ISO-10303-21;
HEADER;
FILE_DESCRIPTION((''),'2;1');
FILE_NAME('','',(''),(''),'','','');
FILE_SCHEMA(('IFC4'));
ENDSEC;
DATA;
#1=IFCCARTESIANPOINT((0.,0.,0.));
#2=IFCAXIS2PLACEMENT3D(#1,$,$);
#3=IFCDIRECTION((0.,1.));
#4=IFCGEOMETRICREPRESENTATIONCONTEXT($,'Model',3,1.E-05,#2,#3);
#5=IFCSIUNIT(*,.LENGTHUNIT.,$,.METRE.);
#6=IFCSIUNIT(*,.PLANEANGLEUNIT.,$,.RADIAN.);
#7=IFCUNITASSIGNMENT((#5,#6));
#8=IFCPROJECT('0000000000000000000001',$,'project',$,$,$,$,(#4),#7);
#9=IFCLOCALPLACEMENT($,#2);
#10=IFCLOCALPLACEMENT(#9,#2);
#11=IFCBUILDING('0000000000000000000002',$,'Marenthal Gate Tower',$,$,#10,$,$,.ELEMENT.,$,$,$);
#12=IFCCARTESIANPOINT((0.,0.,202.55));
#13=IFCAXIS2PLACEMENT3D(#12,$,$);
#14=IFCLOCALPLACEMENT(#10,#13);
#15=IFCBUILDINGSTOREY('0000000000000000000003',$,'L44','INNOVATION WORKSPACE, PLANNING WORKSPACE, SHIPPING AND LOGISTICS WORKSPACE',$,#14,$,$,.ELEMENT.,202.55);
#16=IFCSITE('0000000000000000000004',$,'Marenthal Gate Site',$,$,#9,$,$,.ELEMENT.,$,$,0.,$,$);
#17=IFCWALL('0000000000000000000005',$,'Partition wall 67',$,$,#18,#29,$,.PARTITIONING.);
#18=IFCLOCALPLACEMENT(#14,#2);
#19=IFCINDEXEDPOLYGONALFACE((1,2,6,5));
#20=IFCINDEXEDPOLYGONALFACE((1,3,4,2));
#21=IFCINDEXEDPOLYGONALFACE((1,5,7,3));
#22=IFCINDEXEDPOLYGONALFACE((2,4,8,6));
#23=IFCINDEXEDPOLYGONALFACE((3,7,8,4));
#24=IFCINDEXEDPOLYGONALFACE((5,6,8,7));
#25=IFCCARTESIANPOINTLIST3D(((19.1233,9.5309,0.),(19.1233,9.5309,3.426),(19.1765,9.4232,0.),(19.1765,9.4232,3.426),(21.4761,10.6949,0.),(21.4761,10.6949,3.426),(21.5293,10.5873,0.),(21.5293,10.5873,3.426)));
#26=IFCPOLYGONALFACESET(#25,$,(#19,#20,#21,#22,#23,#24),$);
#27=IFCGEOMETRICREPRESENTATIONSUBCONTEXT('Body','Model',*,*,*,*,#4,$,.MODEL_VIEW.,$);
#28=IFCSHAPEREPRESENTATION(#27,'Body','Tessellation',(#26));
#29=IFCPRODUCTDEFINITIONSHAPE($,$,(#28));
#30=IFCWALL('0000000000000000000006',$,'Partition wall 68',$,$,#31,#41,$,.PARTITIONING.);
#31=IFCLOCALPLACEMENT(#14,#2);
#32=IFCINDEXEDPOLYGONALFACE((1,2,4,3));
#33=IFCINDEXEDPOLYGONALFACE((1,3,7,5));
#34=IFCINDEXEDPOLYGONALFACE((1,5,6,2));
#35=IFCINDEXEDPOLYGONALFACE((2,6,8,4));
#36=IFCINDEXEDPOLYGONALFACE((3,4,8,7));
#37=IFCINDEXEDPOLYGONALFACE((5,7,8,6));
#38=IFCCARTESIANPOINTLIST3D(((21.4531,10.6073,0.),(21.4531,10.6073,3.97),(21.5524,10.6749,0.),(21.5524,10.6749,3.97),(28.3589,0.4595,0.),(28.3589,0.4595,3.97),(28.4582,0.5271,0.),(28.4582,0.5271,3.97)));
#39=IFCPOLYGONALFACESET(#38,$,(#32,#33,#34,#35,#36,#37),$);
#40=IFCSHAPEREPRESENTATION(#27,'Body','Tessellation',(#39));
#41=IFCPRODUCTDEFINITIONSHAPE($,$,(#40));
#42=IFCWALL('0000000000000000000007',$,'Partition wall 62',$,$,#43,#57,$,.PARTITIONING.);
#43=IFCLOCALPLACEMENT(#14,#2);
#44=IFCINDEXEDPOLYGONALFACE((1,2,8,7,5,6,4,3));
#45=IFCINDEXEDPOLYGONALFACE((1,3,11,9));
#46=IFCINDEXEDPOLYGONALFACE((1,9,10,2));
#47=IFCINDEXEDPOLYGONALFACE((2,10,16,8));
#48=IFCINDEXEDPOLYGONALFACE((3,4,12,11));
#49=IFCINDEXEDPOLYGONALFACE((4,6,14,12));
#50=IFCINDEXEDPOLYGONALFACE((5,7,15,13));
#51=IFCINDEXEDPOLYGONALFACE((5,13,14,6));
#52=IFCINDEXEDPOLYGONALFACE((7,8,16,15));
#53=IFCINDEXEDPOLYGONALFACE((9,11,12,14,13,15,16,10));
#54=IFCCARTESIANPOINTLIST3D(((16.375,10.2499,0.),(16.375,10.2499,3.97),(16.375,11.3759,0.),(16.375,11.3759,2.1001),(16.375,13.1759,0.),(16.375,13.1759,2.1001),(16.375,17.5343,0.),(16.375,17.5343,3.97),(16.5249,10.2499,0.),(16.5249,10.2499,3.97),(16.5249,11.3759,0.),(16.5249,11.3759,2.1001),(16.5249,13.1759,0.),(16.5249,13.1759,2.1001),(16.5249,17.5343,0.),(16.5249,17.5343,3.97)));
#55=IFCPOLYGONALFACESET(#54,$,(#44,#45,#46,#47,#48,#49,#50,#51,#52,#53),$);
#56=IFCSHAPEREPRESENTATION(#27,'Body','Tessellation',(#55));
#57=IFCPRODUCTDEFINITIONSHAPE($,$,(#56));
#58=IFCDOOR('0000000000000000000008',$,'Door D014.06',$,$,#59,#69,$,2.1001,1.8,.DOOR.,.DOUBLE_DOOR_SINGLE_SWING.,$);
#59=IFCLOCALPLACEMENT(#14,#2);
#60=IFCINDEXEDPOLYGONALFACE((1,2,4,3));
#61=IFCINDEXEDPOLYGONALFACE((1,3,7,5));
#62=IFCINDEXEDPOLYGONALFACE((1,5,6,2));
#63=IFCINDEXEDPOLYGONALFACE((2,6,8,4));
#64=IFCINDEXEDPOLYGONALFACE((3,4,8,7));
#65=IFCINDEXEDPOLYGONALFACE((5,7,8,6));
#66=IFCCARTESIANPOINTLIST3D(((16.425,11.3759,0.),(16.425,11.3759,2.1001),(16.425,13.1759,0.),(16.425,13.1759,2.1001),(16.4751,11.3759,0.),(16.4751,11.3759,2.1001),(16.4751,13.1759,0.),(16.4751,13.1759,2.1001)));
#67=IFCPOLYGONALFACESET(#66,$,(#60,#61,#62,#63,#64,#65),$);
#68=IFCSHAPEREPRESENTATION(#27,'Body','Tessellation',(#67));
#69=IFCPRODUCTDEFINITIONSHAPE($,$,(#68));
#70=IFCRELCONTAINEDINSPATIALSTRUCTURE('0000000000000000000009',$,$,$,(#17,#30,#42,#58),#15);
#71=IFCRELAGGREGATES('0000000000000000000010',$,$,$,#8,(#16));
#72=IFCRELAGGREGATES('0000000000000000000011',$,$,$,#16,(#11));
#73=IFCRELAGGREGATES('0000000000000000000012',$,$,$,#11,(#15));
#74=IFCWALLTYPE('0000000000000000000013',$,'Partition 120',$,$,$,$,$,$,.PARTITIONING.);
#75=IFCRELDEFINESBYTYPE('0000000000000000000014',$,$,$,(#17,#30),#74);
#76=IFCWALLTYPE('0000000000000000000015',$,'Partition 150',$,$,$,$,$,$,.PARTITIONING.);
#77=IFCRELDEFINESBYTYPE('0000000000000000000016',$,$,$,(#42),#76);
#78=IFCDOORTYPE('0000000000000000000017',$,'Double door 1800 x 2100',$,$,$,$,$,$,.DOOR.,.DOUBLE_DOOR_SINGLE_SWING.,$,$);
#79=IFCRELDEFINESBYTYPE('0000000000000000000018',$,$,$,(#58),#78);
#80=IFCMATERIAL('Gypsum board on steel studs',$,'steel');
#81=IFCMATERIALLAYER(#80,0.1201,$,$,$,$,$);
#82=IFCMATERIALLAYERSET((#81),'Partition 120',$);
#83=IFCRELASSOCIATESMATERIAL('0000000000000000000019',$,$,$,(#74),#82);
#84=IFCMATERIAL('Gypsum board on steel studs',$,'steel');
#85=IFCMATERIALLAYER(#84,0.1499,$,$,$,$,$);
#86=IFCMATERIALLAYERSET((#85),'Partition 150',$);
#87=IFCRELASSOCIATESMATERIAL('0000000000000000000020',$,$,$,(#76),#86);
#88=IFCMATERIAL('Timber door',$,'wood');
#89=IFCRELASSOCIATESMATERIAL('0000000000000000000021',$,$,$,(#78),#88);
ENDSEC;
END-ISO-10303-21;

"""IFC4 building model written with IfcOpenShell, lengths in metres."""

from ifc_helpers import new_model, si_unit, direction, frame, frame_2d, origin, place, context, subcontext, project, spatial, rectangle, extrude, material, layer, layer_set, type_object, element, fill, save


model = new_model("IFC4")

# Units and contexts
model_context = context("Model", 3, precision=1e-05, world=origin(), true_north=direction((0.0, 1.0)))
body_context = subcontext(model_context, "Body", "Model", "MODEL_VIEW")
ifc_project = project(units=[si_unit("LENGTHUNIT", "METRE"), si_unit("PLANEANGLEUNIT", "RADIAN")], contexts=[model_context])

# Site, building, storey
site_placement = place(None, origin())
site = spatial("IfcSite", under=ifc_project, at=site_placement, Name="Marenthal Gate Site", CompositionType="ELEMENT", RefElevation=0.0)
building_placement = place(site_placement, origin())
building = spatial("IfcBuilding", under=site, at=building_placement, Name="Marenthal Gate Tower", CompositionType="ELEMENT")
storey_placement = place(building_placement, frame((0.0, 0.0, 202.55)))
storey = spatial("IfcBuildingStorey", under=building, at=storey_placement, Name="L44", Description="INNOVATION WORKSPACE, PLANNING WORKSPACE, SHIPPING AND LOGISTICS WORKSPACE", CompositionType="ELEMENT", Elevation=202.55)

# Walls
ifc_material_1 = material(Name="Gypsum board on steel studs", Category="steel")
ifc_layer_1 = layer(ifc_material_1, 0.1201)
ifc_layer_set_1 = layer_set([ifc_layer_1], Name="Partition 120")
wall_type_1 = type_object("IfcWallType", Name="Partition 120", PredefinedType="PARTITIONING", material=ifc_layer_set_1)
wall_1_placement = place(storey_placement, frame((21.5027, 10.6411, 0.0), z_axis=(0.0, 0.0, 1.0), x_axis=(-0.896298, -0.443452, 0.0)))
element("IfcWall", 1, at=wall_1_placement, inside=storey, type_object=wall_type_1, Name="Partition wall 67", PredefinedType="PARTITIONING", context=body_context, shape_type="SweptSolid", body=[
    extrude(rectangle(XDim=2.625, YDim=0.1201, at=frame_2d((1.3125, 0.0))), origin(), (0.0, 0.0, 1.0), 3.426),
])
wall_2_placement = place(storey_placement, frame((28.4084, 0.4934, 0.0), z_axis=(0.0, 0.0, 1.0), x_axis=(-0.562606, 0.826725, 0.0)))
element("IfcWall", 2, at=wall_2_placement, inside=storey, type_object=wall_type_1, Name="Partition wall 68", PredefinedType="PARTITIONING", context=body_context, shape_type="SweptSolid", body=[
    extrude(rectangle(XDim=12.2747, YDim=0.1201, at=frame_2d((6.1372, 0.0))), origin(), (0.0, 0.0, 1.0), 3.97),
])

# Wall, opening, door
ifc_material_2 = material(Name="Gypsum board on steel studs", Category="steel")
ifc_layer_2 = layer(ifc_material_2, 0.1499)
ifc_layer_set_2 = layer_set([ifc_layer_2], Name="Partition 150")
wall_type_2 = type_object("IfcWallType", Name="Partition 150", PredefinedType="PARTITIONING", material=ifc_layer_set_2)
wall_3_placement = place(storey_placement, frame((16.45, 10.25, 0.0), z_axis=(0.0, 0.0, 1.0), x_axis=(0.0, 1.0, 0.0)))
wall_3 = element("IfcWall", 3, at=wall_3_placement, inside=storey, type_object=wall_type_2, Name="Partition wall 62", PredefinedType="PARTITIONING", context=body_context, shape_type="SweptSolid", body=[
    extrude(rectangle(XDim=7.2844, YDim=0.1499, at=frame_2d((3.6421, 0.0))), origin(), (0.0, 0.0, 1.0), 3.97),
])
opening_placement = place(wall_3_placement, frame((1.126, 0.0, 0.0)))
opening = element("IfcOpeningElement", 4, at=opening_placement, cuts=wall_3, PredefinedType="OPENING", context=body_context, shape_type="SweptSolid", body=[
    extrude(rectangle(XDim=1.8, YDim=2.1001, at=frame_2d((0.8999, 1.05))), frame((0.0, 0.085, 0.0), z_axis=(0.0, -1.0, 0.0), x_axis=(1.0, 0.0, 0.0)), (0.0, 0.0, 1.0), 0.1699),
])
ifc_material_3 = material(Name="Timber door", Category="wood")
door_type = type_object("IfcDoorType", Name="Double door 1800 x 2100", OperationType="DOUBLE_DOOR_SINGLE_SWING", PredefinedType="DOOR", material=ifc_material_3)
door_placement = place(opening_placement, origin())
door = element("IfcDoor", 5, at=door_placement, inside=storey, type_object=door_type, Name="Door D014.06", OperationType="DOUBLE_DOOR_SINGLE_SWING", OverallHeight=2.1001, OverallWidth=1.8, PredefinedType="DOOR", context=body_context, shape_type="SweptSolid", body=[
    extrude(rectangle(XDim=1.8, YDim=2.1001, at=frame_2d((0.8999, 1.05))), frame((0.0, 0.0249, 0.0), z_axis=(0.0, -1.0, 0.0), x_axis=(1.0, 0.0, 0.0)), (0.0, 0.0, 1.0), 0.05),
])
fill(opening, door)

save(model, "model.ifc")
